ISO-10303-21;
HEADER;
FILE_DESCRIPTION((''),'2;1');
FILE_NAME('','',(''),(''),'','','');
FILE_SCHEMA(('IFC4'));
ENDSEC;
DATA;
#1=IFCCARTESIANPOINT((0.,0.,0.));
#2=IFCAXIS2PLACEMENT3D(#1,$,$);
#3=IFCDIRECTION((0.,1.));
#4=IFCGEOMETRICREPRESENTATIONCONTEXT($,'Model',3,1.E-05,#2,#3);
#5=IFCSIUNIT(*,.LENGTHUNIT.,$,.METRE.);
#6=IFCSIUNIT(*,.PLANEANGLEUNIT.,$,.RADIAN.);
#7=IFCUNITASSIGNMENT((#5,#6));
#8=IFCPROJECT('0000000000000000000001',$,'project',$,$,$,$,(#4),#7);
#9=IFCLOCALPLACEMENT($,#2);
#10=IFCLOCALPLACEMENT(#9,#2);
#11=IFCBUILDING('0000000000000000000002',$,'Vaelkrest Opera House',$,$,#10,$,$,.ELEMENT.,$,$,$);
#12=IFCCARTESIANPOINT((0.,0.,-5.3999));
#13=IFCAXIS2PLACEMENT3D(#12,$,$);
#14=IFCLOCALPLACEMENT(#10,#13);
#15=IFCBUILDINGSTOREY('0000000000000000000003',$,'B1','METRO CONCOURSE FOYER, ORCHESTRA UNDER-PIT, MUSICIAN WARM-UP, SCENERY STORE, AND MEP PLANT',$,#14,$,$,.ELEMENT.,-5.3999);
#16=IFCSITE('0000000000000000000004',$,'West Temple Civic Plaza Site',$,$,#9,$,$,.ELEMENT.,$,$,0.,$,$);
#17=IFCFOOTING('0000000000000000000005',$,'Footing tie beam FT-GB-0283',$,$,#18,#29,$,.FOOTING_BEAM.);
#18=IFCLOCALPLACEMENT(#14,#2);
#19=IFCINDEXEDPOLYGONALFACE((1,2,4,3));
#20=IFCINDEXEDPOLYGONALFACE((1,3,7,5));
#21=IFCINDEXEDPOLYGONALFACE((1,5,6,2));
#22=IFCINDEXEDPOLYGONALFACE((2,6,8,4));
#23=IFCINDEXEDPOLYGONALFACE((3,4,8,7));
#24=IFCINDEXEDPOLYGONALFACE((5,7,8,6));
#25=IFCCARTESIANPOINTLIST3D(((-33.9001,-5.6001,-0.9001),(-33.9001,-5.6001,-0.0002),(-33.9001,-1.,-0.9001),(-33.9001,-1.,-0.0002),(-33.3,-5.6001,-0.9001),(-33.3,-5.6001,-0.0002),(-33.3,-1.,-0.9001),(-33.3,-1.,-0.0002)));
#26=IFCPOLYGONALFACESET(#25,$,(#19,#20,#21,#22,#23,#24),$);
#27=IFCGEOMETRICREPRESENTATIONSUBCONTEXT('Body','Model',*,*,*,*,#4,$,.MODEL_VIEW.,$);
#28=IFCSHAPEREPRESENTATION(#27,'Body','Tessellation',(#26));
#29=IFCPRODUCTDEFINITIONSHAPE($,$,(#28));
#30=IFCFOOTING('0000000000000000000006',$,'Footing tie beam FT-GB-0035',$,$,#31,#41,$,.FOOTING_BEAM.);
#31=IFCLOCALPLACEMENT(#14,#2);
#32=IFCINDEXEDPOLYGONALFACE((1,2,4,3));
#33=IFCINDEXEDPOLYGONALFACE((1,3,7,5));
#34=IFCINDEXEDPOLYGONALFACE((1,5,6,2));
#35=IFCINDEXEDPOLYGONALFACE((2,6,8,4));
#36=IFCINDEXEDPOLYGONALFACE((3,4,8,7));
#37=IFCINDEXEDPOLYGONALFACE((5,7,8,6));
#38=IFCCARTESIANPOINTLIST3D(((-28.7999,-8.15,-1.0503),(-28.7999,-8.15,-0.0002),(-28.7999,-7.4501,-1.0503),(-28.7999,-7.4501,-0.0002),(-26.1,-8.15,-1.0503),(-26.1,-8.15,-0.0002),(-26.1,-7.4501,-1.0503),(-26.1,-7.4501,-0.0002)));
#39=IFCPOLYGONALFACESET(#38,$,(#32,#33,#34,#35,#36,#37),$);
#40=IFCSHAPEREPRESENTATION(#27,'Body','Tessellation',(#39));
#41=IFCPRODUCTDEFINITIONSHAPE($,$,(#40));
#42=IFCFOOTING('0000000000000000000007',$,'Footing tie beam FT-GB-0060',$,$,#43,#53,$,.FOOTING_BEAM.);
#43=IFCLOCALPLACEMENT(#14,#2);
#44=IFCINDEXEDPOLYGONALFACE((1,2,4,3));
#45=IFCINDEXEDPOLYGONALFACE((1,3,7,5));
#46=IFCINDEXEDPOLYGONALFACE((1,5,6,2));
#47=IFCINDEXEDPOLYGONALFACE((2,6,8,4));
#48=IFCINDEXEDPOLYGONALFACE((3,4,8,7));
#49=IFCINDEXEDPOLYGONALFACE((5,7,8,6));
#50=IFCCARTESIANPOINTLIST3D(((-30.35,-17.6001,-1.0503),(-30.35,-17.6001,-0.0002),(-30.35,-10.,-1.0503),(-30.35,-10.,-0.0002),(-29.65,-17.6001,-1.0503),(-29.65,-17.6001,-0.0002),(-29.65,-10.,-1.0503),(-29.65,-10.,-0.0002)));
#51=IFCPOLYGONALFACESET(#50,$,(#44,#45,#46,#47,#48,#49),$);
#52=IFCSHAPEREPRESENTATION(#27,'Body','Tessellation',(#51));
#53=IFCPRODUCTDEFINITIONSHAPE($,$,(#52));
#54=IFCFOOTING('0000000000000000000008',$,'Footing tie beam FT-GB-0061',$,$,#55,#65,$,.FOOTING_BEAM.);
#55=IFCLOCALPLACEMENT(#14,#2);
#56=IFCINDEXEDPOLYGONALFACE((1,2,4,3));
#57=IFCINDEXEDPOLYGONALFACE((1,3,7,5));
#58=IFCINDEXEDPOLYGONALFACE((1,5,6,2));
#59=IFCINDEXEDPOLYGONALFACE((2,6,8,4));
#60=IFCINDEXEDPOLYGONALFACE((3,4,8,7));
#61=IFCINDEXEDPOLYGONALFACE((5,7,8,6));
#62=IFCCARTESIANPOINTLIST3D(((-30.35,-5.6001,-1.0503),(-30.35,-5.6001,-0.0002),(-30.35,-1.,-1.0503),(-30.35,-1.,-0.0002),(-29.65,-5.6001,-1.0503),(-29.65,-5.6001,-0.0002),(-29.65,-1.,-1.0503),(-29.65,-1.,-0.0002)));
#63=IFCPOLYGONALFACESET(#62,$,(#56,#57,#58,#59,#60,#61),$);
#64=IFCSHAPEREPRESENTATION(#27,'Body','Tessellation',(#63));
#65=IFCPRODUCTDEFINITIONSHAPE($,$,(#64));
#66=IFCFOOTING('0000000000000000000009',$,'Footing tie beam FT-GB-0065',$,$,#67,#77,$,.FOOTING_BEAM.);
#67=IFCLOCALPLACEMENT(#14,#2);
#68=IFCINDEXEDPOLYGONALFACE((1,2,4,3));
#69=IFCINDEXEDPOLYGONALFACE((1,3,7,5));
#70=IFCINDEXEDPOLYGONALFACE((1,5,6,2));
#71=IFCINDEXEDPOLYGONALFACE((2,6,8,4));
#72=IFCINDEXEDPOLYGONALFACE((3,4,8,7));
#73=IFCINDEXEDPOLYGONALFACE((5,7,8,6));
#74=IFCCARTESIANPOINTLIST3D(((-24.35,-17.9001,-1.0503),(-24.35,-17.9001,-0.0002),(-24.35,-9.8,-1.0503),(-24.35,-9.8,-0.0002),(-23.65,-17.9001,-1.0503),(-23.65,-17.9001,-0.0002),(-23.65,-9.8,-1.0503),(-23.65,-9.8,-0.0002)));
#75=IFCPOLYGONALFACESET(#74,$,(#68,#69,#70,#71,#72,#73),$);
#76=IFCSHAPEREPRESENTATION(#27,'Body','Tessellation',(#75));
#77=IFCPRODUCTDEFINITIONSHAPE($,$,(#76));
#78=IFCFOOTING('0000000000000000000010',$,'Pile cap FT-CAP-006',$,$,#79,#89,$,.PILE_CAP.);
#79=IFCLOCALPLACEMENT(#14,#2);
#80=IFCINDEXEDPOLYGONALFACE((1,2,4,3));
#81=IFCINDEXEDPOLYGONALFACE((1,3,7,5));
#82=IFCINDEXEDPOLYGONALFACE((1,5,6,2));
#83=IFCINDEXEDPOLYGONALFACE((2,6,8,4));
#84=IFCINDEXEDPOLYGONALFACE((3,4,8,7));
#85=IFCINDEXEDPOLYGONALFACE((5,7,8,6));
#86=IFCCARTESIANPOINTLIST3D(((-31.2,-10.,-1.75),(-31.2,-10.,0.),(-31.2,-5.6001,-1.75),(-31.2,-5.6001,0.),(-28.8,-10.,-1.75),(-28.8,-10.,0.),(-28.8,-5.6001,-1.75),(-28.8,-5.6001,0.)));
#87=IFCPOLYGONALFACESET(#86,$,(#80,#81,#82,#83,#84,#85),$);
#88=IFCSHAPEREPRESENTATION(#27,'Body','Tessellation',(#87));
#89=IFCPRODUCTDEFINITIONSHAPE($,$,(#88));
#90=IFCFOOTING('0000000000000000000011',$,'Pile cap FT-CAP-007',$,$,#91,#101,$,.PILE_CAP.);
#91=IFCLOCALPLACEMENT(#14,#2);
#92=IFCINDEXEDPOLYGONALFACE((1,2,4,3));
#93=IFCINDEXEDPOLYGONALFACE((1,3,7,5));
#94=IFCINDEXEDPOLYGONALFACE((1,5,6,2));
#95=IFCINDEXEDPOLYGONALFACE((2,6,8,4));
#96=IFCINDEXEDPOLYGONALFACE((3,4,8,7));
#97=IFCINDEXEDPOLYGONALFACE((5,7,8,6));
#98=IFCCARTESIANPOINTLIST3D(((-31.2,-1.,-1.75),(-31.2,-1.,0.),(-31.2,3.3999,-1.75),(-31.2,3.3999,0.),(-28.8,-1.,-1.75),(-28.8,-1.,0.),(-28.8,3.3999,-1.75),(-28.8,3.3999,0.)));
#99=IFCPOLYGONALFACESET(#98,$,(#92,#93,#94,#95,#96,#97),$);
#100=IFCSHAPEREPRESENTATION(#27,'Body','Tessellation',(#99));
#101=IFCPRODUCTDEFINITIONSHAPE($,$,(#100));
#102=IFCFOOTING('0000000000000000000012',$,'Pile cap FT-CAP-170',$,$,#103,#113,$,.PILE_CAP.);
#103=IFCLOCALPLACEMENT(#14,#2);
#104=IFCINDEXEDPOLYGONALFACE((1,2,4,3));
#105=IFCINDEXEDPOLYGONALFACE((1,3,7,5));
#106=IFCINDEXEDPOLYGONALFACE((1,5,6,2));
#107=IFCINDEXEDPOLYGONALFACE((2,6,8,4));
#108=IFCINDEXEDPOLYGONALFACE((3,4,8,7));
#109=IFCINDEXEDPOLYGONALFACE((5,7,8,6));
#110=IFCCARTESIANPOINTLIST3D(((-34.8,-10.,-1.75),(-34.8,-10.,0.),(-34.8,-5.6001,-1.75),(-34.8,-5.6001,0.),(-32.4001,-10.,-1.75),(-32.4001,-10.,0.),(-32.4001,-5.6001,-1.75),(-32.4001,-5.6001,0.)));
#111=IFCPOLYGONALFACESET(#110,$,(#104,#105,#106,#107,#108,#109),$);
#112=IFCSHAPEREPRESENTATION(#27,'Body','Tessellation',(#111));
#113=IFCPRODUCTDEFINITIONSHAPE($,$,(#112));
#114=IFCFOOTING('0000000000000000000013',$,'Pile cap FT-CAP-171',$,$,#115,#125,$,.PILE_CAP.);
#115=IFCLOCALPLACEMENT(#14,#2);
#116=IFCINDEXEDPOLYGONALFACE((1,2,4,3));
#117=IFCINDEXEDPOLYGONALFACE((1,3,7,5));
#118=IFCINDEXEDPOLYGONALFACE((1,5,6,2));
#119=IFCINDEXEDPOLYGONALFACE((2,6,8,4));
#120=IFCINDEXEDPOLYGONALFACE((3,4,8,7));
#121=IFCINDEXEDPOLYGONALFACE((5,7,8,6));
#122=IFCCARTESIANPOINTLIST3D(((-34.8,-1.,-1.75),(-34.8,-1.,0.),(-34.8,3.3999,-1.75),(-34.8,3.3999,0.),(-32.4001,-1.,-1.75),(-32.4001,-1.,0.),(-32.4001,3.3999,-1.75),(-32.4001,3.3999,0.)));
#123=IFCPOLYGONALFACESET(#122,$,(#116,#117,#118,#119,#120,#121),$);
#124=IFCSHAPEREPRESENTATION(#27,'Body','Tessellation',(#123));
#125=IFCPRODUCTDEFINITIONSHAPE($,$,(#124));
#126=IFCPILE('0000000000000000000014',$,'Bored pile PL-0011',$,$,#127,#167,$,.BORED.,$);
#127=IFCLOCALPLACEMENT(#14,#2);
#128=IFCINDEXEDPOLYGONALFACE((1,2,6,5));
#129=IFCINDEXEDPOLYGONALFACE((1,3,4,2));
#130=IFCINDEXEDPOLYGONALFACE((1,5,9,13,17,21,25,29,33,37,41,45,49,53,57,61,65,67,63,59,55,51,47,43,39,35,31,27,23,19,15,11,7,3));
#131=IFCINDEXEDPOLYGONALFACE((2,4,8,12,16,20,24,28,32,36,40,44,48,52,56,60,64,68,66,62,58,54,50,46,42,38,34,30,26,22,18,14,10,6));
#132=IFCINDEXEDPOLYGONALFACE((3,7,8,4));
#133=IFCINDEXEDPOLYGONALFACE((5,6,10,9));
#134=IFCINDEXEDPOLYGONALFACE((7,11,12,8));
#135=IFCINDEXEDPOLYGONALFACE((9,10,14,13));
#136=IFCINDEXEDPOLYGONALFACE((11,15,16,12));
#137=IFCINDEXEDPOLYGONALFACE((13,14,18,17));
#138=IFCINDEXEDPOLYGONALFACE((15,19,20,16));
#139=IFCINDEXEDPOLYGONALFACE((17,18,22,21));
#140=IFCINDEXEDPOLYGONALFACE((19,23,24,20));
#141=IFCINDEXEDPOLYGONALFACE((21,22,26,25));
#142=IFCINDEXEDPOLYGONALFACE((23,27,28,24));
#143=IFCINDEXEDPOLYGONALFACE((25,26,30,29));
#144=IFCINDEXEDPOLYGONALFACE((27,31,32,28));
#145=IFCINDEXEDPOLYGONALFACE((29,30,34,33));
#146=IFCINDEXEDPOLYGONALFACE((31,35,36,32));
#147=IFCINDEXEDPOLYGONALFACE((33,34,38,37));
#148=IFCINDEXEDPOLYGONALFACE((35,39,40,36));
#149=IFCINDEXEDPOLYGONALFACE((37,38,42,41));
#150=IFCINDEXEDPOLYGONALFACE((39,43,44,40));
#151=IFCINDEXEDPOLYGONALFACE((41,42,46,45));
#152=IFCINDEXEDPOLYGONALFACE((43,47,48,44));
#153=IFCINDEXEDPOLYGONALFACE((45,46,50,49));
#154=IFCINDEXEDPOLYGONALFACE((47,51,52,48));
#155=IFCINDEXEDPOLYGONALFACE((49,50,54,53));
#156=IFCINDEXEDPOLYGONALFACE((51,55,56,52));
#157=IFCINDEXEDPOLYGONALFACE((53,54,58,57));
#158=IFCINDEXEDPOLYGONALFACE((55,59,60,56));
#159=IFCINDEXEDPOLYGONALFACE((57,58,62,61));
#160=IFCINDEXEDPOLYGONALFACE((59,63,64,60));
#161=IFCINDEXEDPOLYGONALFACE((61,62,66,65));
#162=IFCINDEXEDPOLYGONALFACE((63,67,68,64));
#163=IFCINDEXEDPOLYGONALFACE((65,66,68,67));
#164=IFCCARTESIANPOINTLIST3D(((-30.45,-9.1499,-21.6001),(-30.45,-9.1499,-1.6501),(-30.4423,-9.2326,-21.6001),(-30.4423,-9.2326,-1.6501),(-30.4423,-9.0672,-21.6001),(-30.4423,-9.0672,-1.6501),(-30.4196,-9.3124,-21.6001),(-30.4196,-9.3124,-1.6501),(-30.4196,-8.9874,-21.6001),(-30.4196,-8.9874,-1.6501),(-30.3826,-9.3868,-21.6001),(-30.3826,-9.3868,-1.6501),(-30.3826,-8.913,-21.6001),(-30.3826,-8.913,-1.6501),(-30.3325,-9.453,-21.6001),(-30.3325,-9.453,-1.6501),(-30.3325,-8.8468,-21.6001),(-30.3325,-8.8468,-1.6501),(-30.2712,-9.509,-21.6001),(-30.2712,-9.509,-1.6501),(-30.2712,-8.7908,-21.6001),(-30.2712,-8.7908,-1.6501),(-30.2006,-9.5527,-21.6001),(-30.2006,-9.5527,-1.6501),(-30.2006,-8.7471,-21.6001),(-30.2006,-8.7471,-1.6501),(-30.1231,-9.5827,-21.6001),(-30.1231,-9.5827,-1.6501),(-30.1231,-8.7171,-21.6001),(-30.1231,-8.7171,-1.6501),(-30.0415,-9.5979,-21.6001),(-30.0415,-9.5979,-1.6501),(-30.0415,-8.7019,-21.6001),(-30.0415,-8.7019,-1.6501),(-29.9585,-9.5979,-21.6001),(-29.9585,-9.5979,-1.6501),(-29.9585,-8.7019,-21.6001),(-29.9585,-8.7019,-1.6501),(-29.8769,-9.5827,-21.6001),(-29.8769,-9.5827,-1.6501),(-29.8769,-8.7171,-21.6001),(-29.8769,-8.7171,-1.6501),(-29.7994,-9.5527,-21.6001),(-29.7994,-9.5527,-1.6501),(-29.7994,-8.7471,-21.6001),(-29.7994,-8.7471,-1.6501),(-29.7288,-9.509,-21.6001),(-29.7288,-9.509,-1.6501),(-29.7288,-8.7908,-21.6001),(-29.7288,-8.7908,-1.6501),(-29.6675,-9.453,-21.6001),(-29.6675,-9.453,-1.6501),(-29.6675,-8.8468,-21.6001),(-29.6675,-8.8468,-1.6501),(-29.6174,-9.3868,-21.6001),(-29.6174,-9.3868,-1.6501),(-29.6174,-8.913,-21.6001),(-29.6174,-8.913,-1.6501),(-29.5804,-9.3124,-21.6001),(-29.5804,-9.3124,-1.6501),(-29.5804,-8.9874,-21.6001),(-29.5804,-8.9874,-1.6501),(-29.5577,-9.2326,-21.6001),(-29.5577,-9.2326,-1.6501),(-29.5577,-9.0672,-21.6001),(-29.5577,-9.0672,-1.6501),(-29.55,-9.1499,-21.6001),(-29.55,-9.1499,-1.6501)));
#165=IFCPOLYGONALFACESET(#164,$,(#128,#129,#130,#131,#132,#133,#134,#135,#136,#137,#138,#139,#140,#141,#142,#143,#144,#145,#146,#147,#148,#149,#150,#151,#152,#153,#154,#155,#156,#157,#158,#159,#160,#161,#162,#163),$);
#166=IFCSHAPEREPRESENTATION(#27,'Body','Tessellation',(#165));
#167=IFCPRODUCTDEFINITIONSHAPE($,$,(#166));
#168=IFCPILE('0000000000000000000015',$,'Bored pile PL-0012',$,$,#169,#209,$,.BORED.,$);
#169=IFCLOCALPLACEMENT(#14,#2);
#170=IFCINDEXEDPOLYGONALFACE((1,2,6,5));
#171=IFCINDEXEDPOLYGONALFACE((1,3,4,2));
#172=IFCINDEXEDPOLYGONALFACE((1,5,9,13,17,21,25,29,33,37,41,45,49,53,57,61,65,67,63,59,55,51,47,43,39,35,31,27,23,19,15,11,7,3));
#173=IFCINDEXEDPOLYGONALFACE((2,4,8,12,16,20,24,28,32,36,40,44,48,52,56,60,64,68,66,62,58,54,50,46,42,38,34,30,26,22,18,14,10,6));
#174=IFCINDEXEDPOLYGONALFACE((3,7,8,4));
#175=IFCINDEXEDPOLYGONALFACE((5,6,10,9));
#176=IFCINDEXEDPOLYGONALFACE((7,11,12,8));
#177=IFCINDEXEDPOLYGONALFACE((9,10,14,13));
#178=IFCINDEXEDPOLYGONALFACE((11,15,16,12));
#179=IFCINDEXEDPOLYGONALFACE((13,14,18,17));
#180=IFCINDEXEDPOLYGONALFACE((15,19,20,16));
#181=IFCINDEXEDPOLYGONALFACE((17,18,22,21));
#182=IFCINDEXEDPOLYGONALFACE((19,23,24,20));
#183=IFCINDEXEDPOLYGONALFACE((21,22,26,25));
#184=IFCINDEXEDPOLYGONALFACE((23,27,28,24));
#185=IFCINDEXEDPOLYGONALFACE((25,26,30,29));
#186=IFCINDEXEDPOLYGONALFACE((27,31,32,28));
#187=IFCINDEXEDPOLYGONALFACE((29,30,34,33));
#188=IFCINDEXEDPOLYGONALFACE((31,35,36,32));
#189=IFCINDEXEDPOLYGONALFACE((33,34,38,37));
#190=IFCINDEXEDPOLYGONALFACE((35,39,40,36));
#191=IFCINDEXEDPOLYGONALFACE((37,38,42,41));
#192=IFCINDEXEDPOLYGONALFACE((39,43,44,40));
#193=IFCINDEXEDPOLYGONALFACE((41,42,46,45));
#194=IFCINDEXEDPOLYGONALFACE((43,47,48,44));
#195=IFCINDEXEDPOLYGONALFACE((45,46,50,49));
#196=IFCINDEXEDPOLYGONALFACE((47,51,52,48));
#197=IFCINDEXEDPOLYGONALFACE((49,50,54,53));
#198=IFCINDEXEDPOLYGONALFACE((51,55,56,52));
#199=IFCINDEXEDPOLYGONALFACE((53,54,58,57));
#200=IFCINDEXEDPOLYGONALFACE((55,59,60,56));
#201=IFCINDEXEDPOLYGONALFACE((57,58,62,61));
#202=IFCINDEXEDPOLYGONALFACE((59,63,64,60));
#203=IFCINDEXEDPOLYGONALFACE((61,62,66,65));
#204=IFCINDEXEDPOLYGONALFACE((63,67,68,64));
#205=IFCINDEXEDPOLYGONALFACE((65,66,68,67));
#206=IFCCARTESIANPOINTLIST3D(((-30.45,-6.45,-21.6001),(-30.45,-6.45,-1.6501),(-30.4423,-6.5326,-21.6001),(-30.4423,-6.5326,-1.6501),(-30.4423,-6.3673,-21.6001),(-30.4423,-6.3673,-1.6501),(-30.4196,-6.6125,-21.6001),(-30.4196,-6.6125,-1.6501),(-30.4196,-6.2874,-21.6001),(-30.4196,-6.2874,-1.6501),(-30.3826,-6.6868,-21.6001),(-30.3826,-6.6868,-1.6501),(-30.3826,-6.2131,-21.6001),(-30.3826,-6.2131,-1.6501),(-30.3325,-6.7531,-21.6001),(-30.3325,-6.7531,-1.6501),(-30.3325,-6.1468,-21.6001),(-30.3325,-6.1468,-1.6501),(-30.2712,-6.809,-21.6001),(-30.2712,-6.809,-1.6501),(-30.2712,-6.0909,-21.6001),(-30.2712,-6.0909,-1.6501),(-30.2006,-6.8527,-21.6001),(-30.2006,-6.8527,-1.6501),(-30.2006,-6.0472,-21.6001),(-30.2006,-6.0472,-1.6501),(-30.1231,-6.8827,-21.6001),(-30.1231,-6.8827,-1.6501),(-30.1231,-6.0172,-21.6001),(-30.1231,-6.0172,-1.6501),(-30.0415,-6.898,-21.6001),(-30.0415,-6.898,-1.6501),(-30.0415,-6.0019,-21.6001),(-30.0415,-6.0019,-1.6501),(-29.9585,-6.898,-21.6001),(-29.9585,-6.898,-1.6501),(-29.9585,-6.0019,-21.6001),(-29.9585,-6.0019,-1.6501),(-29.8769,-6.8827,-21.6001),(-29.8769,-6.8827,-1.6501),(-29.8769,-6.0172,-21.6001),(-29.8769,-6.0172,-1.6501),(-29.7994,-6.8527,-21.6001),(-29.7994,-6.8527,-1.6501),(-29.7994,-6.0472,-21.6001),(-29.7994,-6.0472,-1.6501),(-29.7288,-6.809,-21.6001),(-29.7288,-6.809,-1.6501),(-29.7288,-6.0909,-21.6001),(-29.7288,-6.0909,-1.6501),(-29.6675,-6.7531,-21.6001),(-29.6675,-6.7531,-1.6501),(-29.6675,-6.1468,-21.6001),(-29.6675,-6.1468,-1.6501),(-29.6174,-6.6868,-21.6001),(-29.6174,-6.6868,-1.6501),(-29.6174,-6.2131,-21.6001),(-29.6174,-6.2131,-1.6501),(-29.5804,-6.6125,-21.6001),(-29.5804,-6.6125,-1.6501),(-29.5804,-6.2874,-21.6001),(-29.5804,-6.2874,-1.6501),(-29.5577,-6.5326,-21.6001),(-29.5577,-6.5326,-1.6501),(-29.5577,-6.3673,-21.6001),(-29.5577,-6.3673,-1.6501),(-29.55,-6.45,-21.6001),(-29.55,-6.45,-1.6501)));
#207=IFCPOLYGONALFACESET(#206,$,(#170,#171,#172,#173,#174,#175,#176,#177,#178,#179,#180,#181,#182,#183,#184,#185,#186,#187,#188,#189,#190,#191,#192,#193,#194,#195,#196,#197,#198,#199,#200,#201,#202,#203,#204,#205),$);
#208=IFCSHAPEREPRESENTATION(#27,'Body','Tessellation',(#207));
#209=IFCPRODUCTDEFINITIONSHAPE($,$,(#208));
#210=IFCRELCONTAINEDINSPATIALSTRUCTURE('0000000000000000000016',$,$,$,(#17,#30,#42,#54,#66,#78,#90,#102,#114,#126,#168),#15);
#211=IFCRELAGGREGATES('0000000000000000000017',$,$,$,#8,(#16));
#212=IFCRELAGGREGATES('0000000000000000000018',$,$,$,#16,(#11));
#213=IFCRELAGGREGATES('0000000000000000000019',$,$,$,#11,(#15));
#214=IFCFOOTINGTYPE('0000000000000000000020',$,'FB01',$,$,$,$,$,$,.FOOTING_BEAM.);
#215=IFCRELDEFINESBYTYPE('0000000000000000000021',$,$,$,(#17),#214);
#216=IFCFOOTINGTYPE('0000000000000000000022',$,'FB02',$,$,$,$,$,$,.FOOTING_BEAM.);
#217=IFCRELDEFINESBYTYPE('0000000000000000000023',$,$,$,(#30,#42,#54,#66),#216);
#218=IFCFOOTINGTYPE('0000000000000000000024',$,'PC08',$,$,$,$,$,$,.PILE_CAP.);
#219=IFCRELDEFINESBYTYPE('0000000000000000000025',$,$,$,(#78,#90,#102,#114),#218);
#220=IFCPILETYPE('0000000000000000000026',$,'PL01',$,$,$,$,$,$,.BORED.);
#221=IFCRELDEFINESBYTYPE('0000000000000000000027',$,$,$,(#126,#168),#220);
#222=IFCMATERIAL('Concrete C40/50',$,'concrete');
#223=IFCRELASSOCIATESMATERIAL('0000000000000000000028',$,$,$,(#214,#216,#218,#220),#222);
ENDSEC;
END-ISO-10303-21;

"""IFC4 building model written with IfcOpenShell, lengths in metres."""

from ifc_helpers import new_model, si_unit, direction, frame, origin, origin_2d, place, context, subcontext, project, spatial, rectangle, circle, extrude, material, material_profile, profile_set, type_object, element, save


model = new_model("IFC4")

# Units and contexts
model_context = context("Model", 3, precision=1e-05, world=origin(), true_north=direction((0.0, 1.0)))
body_context = subcontext(model_context, "Body", "Model", "MODEL_VIEW")
ifc_project = project(units=[si_unit("LENGTHUNIT", "METRE"), si_unit("PLANEANGLEUNIT", "RADIAN")], contexts=[model_context])

# Site, building, storey
site_placement = place(None, origin())
site = spatial("IfcSite", under=ifc_project, at=site_placement, Name="West Temple Civic Plaza Site", CompositionType="ELEMENT", RefElevation=0.0)
building_placement = place(site_placement, origin())
building = spatial("IfcBuilding", under=site, at=building_placement, Name="Vaelkrest Opera House", CompositionType="ELEMENT")
storey_placement = place(building_placement, frame((0.0, 0.0, -5.3999)))
storey = spatial("IfcBuildingStorey", under=building, at=storey_placement, Name="B1", Description="METRO CONCOURSE FOYER, ORCHESTRA UNDER-PIT, MUSICIAN WARM-UP, SCENERY STORE, AND MEP PLANT", CompositionType="ELEMENT", Elevation=-5.3999)

# Footings
ifc_material_1 = material(Name="Concrete C40/50", Category="concrete")
footing_type_1 = type_object("IfcFootingType", Name="FB01", PredefinedType="FOOTING_BEAM", material=ifc_material_1)
footing_1_placement = place(storey_placement, frame((-33.6001, -3.3, -0.9001), z_axis=(0.0, 0.0, 1.0), x_axis=(0.0, 1.0, 0.0)))
element("IfcFooting", 1, at=footing_1_placement, inside=storey, type_object=footing_type_1, Name="Footing tie beam FT-GB-0283", PredefinedType="FOOTING_BEAM", context=body_context, shape_type="SweptSolid", body=[
    extrude(rectangle(XDim=4.6001, YDim=0.6001, at=origin_2d()), origin(), (0.0, 0.0, 1.0), 0.8999),
])
footing_type_2 = type_object("IfcFootingType", Name="FB02", PredefinedType="FOOTING_BEAM", material=ifc_material_1)
footing_2_placement = place(storey_placement, frame((-27.45, -7.8, -1.0503), z_axis=(0.0, 0.0, 1.0), x_axis=(1.0, 0.0, 0.0)))
element("IfcFooting", 2, at=footing_2_placement, inside=storey, type_object=footing_type_2, Name="Footing tie beam FT-GB-0035", PredefinedType="FOOTING_BEAM", context=body_context, shape_type="SweptSolid", body=[
    extrude(rectangle(XDim=2.7, YDim=0.7, at=origin_2d()), origin(), (0.0, 0.0, 1.0), 1.05),
])
footing_3_placement = place(storey_placement, frame((-30.0, -13.8, -1.0503), z_axis=(0.0, 0.0, 1.0), x_axis=(0.0, 1.0, 0.0)))
element("IfcFooting", 3, at=footing_3_placement, inside=storey, type_object=footing_type_2, Name="Footing tie beam FT-GB-0060", PredefinedType="FOOTING_BEAM", context=body_context, shape_type="SweptSolid", body=[
    extrude(rectangle(XDim=7.6001, YDim=0.7, at=origin_2d()), origin(), (0.0, 0.0, 1.0), 1.05),
])
footing_4_placement = place(storey_placement, frame((-30.0, -3.3, -1.0503), z_axis=(0.0, 0.0, 1.0), x_axis=(0.0, 1.0, 0.0)))
element("IfcFooting", 4, at=footing_4_placement, inside=storey, type_object=footing_type_2, Name="Footing tie beam FT-GB-0061", PredefinedType="FOOTING_BEAM", context=body_context, shape_type="SweptSolid", body=[
    extrude(rectangle(XDim=4.6001, YDim=0.7, at=origin_2d()), origin(), (0.0, 0.0, 1.0), 1.05),
])
footing_5_placement = place(storey_placement, frame((-24.0, -13.8501, -1.0503), z_axis=(0.0, 0.0, 1.0), x_axis=(0.0, 1.0, 0.0)))
element("IfcFooting", 5, at=footing_5_placement, inside=storey, type_object=footing_type_2, Name="Footing tie beam FT-GB-0065", PredefinedType="FOOTING_BEAM", context=body_context, shape_type="SweptSolid", body=[
    extrude(rectangle(XDim=8.1001, YDim=0.7, at=origin_2d()), origin(), (0.0, 0.0, 1.0), 1.05),
])
footing_type_3 = type_object("IfcFootingType", Name="PC08", PredefinedType="PILE_CAP", material=ifc_material_1)
for number, where, z_axis, x_axis, name in (
    (6, (-30.0, -7.8, -1.75), (0.0, 0.0, 1.0), (1.0, 0.0, 0.0), "Pile cap FT-CAP-006"),
    (7, (-30.0, 1.2, -1.75), (0.0, 0.0, 1.0), (1.0, 0.0, 0.0), "Pile cap FT-CAP-007"),
    (8, (-33.6001, -7.8, -1.75), (0.0, 0.0, 1.0), (1.0, 0.0, 0.0), "Pile cap FT-CAP-170"),
    (9, (-33.6001, 1.2, -1.75), (0.0, 0.0, 1.0), (1.0, 0.0, 0.0), "Pile cap FT-CAP-171"),
):
    element("IfcFooting", number, at=place(storey_placement, frame(where, z_axis=z_axis, x_axis=x_axis)), inside=storey, type_object=footing_type_3, Name=name, PredefinedType="PILE_CAP", context=body_context, shape_type="SweptSolid", body=[
        extrude(rectangle(XDim=2.3999, YDim=4.3999, at=origin_2d()), origin(), (0.0, 0.0, 1.0), 1.75),
    ])

# Piles
ifc_material_profile_1 = material_profile(ifc_material_1, circle(Radius=0.45, at=origin_2d()), Name="PILE900")
ifc_profile_set_1 = profile_set([ifc_material_profile_1], Name="Concrete C40/50")
pile_type = type_object("IfcPileType", Name="PL01", PredefinedType="BORED", material=ifc_profile_set_1)
for number, where, z_axis, x_axis, name in (
    (10, (-30.0, -9.1499, -1.6501), (0.0, 0.0, -1.0), (1.0, 0.0, 0.0), "Bored pile PL-0011"),
    (11, (-30.0, -6.45, -1.6501), (0.0, 0.0, -1.0), (1.0, 0.0, 0.0), "Bored pile PL-0012"),
):
    element("IfcPile", number, at=place(storey_placement, frame(where, z_axis=z_axis, x_axis=x_axis)), inside=storey, type_object=pile_type, Name=name, PredefinedType="BORED", context=body_context, shape_type="SweptSolid", body=[
        extrude(circle(Radius=0.45, at=origin_2d()), origin(), (0.0, 0.0, 1.0), 19.95),
    ])

save(model, "model.ifc")
